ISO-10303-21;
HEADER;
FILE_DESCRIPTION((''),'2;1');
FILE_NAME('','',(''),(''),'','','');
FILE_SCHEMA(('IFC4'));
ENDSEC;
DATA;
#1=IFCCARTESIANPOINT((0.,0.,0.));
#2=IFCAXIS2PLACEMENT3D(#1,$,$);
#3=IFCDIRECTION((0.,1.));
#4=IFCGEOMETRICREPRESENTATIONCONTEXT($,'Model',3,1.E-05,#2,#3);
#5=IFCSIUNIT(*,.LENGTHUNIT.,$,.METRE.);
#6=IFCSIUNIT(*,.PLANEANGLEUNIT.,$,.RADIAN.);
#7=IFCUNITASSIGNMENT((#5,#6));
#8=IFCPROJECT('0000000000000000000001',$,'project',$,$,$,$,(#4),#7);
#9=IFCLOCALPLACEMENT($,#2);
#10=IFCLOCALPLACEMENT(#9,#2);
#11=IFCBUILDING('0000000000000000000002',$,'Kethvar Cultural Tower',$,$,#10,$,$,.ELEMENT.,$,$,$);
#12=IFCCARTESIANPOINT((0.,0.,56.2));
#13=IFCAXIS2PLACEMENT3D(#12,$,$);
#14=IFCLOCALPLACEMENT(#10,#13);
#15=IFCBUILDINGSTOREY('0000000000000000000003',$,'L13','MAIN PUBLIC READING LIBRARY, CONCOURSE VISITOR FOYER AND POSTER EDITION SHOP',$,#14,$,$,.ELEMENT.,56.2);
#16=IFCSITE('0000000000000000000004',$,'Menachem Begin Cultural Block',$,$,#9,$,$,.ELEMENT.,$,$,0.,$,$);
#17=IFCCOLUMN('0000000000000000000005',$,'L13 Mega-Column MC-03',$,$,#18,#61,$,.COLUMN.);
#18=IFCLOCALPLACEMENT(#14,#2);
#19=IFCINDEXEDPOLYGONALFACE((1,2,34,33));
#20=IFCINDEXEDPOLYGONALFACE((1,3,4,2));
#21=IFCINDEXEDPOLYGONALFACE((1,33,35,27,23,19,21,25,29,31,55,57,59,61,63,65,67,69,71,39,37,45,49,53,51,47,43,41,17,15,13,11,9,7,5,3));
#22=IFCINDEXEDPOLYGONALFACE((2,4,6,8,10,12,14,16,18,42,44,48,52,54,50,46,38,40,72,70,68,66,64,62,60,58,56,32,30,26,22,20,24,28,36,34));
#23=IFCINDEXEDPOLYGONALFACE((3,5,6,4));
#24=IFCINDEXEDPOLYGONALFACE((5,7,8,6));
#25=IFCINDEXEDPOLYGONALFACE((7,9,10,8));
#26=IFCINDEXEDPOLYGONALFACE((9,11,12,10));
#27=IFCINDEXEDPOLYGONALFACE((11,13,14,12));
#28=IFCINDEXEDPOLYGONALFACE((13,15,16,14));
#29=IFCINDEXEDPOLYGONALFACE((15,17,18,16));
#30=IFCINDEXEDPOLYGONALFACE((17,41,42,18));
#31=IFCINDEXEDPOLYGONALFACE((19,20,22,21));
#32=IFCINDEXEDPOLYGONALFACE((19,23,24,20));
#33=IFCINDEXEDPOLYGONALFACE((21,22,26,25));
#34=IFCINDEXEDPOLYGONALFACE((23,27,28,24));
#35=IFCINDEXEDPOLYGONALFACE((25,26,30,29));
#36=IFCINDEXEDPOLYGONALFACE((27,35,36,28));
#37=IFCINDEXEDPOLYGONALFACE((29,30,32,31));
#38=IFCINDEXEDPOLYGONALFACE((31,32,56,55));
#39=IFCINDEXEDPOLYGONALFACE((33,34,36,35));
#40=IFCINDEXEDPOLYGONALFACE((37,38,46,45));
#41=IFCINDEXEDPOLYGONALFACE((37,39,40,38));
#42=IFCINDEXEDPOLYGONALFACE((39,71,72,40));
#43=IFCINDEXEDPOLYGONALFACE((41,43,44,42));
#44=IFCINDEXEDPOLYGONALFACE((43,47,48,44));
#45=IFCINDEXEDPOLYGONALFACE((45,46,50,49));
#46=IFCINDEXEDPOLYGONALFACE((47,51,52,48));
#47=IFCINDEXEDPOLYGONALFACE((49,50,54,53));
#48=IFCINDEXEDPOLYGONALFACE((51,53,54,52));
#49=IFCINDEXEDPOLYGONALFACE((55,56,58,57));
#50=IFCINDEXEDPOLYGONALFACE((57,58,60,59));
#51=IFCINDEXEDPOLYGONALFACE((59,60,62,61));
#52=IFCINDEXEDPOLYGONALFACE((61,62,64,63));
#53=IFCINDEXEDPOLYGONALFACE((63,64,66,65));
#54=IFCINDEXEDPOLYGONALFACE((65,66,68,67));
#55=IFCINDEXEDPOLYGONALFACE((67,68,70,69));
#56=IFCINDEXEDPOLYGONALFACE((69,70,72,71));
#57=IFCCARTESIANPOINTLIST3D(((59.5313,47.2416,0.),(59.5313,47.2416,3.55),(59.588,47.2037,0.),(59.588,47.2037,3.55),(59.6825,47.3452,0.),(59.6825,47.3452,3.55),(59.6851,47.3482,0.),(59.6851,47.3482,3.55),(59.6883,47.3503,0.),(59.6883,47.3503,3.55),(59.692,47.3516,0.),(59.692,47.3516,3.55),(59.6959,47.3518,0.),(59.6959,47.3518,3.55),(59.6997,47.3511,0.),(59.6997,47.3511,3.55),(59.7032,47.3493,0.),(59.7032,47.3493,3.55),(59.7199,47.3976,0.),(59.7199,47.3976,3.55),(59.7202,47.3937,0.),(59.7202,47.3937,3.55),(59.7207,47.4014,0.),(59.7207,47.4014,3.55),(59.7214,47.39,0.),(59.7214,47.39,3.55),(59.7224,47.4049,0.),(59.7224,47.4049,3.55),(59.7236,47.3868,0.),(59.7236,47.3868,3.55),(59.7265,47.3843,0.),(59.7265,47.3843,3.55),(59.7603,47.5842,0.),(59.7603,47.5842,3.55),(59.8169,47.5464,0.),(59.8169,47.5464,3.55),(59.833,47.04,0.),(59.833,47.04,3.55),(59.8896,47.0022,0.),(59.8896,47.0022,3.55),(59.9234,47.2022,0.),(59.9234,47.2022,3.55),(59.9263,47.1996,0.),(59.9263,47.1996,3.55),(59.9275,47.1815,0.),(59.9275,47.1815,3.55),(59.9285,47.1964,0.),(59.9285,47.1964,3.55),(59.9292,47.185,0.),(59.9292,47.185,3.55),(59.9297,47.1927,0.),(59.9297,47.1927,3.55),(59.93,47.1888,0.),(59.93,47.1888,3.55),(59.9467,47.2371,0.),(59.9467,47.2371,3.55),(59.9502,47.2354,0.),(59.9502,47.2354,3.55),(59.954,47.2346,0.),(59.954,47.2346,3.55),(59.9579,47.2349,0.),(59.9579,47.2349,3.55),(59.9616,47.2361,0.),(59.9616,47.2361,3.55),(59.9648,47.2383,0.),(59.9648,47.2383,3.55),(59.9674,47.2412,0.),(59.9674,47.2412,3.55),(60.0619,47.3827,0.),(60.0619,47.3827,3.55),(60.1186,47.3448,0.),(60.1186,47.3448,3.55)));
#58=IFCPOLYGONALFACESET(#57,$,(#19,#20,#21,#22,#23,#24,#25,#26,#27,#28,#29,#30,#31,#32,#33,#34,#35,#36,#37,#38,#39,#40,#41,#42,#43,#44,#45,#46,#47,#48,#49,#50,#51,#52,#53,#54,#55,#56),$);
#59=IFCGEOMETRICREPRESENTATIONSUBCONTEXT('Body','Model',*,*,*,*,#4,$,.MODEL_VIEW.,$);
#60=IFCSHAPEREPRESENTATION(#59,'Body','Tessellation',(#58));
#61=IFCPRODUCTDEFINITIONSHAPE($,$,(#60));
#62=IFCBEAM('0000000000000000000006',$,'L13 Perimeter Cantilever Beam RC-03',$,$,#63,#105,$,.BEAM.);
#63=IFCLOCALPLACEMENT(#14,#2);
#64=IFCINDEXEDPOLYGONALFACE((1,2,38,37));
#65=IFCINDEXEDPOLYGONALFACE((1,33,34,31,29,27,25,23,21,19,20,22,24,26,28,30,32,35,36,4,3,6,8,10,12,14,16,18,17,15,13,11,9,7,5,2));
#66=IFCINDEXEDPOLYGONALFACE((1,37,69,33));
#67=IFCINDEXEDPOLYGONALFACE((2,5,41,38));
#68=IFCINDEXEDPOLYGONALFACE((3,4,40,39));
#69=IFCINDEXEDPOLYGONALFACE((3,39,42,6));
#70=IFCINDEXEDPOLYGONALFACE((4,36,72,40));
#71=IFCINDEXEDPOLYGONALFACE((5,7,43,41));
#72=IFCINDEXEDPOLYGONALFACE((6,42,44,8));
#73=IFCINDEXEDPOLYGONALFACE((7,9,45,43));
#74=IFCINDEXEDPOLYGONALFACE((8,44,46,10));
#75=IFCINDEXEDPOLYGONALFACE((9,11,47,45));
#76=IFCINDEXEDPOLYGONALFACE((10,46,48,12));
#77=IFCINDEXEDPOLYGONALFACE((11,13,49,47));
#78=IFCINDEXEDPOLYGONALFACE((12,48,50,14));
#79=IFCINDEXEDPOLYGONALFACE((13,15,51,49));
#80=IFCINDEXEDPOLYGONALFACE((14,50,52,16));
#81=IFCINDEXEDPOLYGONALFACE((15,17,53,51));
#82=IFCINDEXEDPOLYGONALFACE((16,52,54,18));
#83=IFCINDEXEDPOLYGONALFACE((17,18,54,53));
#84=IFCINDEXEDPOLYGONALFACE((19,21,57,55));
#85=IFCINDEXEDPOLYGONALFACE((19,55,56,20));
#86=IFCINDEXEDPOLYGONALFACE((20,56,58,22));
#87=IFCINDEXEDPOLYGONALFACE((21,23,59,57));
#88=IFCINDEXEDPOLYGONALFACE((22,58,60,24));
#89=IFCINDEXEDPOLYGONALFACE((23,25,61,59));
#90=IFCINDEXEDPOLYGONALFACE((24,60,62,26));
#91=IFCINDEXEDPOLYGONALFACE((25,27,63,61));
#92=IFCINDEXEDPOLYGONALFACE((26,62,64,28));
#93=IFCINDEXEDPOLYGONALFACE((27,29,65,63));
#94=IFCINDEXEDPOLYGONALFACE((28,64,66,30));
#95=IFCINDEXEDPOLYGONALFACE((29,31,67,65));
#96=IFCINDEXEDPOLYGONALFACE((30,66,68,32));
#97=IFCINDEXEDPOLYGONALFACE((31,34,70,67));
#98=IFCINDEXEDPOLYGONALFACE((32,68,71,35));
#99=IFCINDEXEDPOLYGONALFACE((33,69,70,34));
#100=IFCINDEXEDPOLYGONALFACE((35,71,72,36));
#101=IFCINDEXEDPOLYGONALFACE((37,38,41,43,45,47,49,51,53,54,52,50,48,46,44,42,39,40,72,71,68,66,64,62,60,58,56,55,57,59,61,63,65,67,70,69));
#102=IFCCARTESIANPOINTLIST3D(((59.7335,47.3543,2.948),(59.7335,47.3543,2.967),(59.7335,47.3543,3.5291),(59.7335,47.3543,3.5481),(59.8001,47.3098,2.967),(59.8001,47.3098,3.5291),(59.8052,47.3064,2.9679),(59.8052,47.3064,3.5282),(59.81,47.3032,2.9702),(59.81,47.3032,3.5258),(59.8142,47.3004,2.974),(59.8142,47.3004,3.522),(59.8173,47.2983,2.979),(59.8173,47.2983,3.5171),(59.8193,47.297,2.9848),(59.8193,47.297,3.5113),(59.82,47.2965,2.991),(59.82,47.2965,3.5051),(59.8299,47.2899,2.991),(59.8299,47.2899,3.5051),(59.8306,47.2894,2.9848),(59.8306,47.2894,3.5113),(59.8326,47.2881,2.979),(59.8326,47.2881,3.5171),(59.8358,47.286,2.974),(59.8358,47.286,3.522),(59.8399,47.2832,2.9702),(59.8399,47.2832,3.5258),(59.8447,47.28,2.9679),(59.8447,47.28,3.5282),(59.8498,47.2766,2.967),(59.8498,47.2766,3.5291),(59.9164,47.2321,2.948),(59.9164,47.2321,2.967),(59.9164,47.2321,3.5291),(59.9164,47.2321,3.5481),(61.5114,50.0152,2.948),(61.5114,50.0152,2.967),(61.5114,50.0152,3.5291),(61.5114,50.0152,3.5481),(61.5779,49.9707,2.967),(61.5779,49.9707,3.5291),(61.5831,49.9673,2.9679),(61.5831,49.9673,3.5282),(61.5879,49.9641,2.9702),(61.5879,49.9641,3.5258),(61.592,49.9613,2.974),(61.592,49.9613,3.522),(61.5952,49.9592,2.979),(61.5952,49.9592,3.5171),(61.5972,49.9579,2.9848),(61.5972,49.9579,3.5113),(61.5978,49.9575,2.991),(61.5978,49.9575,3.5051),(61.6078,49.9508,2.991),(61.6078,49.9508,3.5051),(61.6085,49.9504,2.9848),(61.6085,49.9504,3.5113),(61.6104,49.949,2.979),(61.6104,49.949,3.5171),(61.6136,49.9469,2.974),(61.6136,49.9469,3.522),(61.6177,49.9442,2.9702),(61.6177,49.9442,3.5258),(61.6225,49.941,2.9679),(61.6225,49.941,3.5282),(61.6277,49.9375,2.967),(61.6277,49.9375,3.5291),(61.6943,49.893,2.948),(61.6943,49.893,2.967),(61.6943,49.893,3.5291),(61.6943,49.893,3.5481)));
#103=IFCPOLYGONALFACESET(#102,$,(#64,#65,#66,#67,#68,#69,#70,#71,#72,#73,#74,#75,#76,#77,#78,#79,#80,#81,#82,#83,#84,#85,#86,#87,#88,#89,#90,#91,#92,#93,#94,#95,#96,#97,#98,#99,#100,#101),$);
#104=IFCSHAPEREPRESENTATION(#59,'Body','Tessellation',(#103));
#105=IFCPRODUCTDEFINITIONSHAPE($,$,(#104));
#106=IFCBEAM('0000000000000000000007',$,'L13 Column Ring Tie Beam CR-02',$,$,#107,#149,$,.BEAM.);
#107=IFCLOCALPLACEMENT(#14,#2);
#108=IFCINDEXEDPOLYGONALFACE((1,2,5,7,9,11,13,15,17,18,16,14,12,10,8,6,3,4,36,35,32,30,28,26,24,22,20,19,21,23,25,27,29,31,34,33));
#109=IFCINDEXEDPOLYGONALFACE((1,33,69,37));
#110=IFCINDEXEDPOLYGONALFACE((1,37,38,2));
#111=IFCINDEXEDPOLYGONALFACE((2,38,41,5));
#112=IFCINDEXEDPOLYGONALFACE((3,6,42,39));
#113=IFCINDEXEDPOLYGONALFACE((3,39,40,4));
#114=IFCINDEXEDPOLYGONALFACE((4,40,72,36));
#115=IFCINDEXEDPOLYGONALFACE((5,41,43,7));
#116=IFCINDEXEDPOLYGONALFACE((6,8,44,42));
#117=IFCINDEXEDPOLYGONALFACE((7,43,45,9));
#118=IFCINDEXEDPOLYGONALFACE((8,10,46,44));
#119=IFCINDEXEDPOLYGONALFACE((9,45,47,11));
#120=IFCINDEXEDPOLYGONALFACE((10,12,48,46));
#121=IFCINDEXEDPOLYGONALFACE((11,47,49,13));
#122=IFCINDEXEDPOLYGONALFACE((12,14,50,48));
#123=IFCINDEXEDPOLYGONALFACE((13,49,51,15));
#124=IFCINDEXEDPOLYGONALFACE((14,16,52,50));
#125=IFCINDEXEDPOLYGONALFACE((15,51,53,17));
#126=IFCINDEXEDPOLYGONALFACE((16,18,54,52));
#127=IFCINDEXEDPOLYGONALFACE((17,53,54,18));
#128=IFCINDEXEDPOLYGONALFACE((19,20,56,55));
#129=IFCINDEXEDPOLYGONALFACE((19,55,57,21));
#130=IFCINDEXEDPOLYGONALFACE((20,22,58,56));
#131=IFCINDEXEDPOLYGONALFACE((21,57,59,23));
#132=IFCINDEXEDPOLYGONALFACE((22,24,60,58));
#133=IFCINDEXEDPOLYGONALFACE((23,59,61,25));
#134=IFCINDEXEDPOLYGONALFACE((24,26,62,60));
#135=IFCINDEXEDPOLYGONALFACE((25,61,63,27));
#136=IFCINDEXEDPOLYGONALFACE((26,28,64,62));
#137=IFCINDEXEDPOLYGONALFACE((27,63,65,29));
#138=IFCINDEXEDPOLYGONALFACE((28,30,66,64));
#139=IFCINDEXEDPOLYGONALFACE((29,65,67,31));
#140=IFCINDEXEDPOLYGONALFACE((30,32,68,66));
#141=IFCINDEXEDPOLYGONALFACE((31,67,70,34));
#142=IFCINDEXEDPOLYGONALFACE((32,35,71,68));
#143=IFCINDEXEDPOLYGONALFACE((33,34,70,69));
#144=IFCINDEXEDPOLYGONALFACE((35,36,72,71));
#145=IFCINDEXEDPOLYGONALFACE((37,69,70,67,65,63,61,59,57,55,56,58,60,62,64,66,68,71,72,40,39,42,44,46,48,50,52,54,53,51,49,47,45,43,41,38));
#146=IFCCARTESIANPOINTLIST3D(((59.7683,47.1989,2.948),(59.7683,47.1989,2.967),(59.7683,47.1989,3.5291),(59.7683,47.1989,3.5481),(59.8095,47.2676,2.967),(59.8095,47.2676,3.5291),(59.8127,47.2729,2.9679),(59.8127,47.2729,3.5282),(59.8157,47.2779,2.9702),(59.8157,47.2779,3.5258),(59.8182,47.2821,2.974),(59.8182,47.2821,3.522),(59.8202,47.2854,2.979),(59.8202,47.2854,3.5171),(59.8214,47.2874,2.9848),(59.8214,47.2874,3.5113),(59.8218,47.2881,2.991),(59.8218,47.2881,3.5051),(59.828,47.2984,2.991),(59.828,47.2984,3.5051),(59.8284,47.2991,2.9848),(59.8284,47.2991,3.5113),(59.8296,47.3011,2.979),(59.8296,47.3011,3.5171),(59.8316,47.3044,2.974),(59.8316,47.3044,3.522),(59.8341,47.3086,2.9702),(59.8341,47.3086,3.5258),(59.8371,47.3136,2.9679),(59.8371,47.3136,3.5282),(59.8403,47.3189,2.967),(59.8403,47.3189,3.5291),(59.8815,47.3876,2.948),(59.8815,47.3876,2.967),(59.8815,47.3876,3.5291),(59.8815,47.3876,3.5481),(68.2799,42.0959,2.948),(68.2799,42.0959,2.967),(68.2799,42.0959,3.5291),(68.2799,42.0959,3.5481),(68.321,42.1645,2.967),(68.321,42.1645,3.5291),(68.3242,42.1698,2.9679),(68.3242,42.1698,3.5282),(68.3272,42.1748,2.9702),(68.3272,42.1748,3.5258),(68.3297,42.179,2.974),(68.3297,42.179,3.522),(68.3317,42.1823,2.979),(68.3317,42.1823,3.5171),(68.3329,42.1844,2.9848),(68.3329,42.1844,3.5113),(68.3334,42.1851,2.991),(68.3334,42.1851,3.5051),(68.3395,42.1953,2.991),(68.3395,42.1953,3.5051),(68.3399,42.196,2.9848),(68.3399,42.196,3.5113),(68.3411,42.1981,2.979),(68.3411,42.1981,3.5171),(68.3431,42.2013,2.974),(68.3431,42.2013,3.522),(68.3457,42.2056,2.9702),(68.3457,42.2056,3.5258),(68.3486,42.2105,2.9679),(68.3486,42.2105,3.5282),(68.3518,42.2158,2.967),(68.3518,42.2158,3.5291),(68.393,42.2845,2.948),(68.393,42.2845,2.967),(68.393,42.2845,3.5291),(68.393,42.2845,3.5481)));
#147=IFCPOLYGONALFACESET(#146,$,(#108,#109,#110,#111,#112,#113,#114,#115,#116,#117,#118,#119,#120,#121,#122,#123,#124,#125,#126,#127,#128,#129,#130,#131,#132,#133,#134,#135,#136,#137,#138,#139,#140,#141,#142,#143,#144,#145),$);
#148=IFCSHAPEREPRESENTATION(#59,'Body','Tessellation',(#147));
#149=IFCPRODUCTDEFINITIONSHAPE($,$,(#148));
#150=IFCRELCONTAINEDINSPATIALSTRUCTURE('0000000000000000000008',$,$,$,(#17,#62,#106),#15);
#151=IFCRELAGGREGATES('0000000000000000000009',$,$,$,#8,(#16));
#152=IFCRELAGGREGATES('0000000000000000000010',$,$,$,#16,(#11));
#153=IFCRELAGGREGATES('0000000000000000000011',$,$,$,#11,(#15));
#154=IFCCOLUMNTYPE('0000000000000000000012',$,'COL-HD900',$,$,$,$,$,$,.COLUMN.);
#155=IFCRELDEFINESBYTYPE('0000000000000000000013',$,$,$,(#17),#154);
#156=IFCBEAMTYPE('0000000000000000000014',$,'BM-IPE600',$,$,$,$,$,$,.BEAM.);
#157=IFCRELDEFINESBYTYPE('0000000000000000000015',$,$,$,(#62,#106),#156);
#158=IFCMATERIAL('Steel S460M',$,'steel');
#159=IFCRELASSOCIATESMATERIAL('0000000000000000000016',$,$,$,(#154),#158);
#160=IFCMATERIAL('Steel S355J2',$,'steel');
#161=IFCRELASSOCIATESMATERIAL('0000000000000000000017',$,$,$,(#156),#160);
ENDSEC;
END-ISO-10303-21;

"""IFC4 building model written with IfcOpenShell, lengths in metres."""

from ifc_helpers import new_model, si_unit, direction, frame, origin, origin_2d, place, context, subcontext, project, spatial, i_section, extrude, source, transform, mapped, material, material_profile, profile_set, type_object, element, save


model = new_model("IFC4")

# Units and contexts
model_context = context("Model", 3, precision=1e-05, world=origin(), true_north=direction((0.0, 1.0)))
body_context = subcontext(model_context, "Body", "Model", "MODEL_VIEW")
ifc_project = project(units=[si_unit("LENGTHUNIT", "METRE"), si_unit("PLANEANGLEUNIT", "RADIAN")], contexts=[model_context])

# Site, building, storey
site_placement = place(None, origin())
site = spatial("IfcSite", under=ifc_project, at=site_placement, Name="Menachem Begin Cultural Block", CompositionType="ELEMENT", RefElevation=0.0)
building_placement = place(site_placement, origin())
building = spatial("IfcBuilding", under=site, at=building_placement, Name="Kethvar Cultural Tower", CompositionType="ELEMENT")
storey_placement = place(building_placement, frame((0.0, 0.0, 56.2)))
storey = spatial("IfcBuildingStorey", under=building, at=storey_placement, Name="L13", Description="MAIN PUBLIC READING LIBRARY, CONCOURSE VISITOR FOYER AND POSTER EDITION SHOP", CompositionType="ELEMENT", Elevation=56.2)

# Column
ifc_material_1 = material(Name="Steel S460M", Category="steel")
ifc_material_profile_1 = material_profile(ifc_material_1, i_section(OverallWidth=0.4121, OverallDepth=0.4309, WebThickness=0.042, FlangeThickness=0.0681, FilletRadius=0.0149, at=origin_2d()), Name="Steel S460M — HD400x900")
ifc_profile_set_1 = profile_set([ifc_material_profile_1], Name="Steel S460M — HD400x900")
column_type = type_object("IfcColumnType", Name="COL-HD900", PredefinedType="COLUMN", material=ifc_profile_set_1)
shared_shape_1 = source(origin(), body_context, "Body", "SweptSolid", [
    extrude(i_section(OverallWidth=0.4121, OverallDepth=0.4309, WebThickness=0.042, FlangeThickness=0.0681, FilletRadius=0.0149, at=origin_2d()), origin(), (0.0, 0.0, 1.0), 3.55),
])
column_placement = place(storey_placement, frame((59.825, 47.2932, 0.0), z_axis=(0.0, 0.0, 1.0), x_axis=(0.55557, 0.83147, 0.0)))
element("IfcColumn", 1, at=column_placement, inside=storey, type_object=column_type, Name="L13 Mega-Column MC-03", PredefinedType="COLUMN", context=body_context, shape_type="MappedRepresentation", body=[
    mapped(shared_shape_1, transform((0.0, 0.0, 0.0), scale=1.0)),
])

# Beams
ifc_material_2 = material(Name="Steel S355J2", Category="steel")
ifc_material_profile_2 = material_profile(ifc_material_2, i_section(OverallWidth=0.22, OverallDepth=0.6001, WebThickness=0.012, FlangeThickness=0.019, FilletRadius=0.0239, at=origin_2d()), Name="Steel S355J2 — IPE600")
ifc_profile_set_2 = profile_set([ifc_material_profile_2], Name="Steel S355J2 — IPE600")
beam_type_1 = type_object("IfcBeamType", Name="BM-IPE600", PredefinedType="BEAM", material=ifc_profile_set_2)
shared_shape_2 = source(origin(), body_context, "Body", "SweptSolid", [
    extrude(i_section(OverallWidth=0.22, OverallDepth=0.6001, WebThickness=0.012, FlangeThickness=0.019, FilletRadius=0.0239, at=origin_2d()), origin(), (0.0, 0.0, 1.0), 3.2002),
])
beam_1_placement = place(storey_placement, frame((59.825, 47.2932, 3.248), z_axis=(0.555545, 0.831486, 0.0), x_axis=(-0.831486, 0.555545, 0.0)))
element("IfcBeam", 2, at=beam_1_placement, inside=storey, type_object=beam_type_1, Name="L13 Perimeter Cantilever Beam RC-03", PredefinedType="BEAM", context=body_context, shape_type="MappedRepresentation", body=[
    mapped(shared_shape_2, transform((0.0, 0.0, 0.0), scale=1.0)),
])
shared_shape_3 = source(origin(), body_context, "Body", "SweptSolid", [
    extrude(i_section(OverallWidth=0.22, OverallDepth=0.6001, WebThickness=0.012, FlangeThickness=0.019, FilletRadius=0.0239, at=origin_2d()), origin(), (0.0, 0.0, 1.0), 9.9241),
])
beam_2_placement = place(storey_placement, frame((68.3364, 42.1902, 3.248), z_axis=(-0.857664, 0.51421, 0.0), x_axis=(-0.51421, -0.857664, 0.0)))
element("IfcBeam", 3, at=beam_2_placement, inside=storey, type_object=beam_type_1, Name="L13 Column Ring Tie Beam CR-02", PredefinedType="BEAM", context=body_context, shape_type="MappedRepresentation", body=[
    mapped(shared_shape_3, transform((0.0, 0.0, 0.0), scale=1.0)),
])

save(model, "model.ifc")
